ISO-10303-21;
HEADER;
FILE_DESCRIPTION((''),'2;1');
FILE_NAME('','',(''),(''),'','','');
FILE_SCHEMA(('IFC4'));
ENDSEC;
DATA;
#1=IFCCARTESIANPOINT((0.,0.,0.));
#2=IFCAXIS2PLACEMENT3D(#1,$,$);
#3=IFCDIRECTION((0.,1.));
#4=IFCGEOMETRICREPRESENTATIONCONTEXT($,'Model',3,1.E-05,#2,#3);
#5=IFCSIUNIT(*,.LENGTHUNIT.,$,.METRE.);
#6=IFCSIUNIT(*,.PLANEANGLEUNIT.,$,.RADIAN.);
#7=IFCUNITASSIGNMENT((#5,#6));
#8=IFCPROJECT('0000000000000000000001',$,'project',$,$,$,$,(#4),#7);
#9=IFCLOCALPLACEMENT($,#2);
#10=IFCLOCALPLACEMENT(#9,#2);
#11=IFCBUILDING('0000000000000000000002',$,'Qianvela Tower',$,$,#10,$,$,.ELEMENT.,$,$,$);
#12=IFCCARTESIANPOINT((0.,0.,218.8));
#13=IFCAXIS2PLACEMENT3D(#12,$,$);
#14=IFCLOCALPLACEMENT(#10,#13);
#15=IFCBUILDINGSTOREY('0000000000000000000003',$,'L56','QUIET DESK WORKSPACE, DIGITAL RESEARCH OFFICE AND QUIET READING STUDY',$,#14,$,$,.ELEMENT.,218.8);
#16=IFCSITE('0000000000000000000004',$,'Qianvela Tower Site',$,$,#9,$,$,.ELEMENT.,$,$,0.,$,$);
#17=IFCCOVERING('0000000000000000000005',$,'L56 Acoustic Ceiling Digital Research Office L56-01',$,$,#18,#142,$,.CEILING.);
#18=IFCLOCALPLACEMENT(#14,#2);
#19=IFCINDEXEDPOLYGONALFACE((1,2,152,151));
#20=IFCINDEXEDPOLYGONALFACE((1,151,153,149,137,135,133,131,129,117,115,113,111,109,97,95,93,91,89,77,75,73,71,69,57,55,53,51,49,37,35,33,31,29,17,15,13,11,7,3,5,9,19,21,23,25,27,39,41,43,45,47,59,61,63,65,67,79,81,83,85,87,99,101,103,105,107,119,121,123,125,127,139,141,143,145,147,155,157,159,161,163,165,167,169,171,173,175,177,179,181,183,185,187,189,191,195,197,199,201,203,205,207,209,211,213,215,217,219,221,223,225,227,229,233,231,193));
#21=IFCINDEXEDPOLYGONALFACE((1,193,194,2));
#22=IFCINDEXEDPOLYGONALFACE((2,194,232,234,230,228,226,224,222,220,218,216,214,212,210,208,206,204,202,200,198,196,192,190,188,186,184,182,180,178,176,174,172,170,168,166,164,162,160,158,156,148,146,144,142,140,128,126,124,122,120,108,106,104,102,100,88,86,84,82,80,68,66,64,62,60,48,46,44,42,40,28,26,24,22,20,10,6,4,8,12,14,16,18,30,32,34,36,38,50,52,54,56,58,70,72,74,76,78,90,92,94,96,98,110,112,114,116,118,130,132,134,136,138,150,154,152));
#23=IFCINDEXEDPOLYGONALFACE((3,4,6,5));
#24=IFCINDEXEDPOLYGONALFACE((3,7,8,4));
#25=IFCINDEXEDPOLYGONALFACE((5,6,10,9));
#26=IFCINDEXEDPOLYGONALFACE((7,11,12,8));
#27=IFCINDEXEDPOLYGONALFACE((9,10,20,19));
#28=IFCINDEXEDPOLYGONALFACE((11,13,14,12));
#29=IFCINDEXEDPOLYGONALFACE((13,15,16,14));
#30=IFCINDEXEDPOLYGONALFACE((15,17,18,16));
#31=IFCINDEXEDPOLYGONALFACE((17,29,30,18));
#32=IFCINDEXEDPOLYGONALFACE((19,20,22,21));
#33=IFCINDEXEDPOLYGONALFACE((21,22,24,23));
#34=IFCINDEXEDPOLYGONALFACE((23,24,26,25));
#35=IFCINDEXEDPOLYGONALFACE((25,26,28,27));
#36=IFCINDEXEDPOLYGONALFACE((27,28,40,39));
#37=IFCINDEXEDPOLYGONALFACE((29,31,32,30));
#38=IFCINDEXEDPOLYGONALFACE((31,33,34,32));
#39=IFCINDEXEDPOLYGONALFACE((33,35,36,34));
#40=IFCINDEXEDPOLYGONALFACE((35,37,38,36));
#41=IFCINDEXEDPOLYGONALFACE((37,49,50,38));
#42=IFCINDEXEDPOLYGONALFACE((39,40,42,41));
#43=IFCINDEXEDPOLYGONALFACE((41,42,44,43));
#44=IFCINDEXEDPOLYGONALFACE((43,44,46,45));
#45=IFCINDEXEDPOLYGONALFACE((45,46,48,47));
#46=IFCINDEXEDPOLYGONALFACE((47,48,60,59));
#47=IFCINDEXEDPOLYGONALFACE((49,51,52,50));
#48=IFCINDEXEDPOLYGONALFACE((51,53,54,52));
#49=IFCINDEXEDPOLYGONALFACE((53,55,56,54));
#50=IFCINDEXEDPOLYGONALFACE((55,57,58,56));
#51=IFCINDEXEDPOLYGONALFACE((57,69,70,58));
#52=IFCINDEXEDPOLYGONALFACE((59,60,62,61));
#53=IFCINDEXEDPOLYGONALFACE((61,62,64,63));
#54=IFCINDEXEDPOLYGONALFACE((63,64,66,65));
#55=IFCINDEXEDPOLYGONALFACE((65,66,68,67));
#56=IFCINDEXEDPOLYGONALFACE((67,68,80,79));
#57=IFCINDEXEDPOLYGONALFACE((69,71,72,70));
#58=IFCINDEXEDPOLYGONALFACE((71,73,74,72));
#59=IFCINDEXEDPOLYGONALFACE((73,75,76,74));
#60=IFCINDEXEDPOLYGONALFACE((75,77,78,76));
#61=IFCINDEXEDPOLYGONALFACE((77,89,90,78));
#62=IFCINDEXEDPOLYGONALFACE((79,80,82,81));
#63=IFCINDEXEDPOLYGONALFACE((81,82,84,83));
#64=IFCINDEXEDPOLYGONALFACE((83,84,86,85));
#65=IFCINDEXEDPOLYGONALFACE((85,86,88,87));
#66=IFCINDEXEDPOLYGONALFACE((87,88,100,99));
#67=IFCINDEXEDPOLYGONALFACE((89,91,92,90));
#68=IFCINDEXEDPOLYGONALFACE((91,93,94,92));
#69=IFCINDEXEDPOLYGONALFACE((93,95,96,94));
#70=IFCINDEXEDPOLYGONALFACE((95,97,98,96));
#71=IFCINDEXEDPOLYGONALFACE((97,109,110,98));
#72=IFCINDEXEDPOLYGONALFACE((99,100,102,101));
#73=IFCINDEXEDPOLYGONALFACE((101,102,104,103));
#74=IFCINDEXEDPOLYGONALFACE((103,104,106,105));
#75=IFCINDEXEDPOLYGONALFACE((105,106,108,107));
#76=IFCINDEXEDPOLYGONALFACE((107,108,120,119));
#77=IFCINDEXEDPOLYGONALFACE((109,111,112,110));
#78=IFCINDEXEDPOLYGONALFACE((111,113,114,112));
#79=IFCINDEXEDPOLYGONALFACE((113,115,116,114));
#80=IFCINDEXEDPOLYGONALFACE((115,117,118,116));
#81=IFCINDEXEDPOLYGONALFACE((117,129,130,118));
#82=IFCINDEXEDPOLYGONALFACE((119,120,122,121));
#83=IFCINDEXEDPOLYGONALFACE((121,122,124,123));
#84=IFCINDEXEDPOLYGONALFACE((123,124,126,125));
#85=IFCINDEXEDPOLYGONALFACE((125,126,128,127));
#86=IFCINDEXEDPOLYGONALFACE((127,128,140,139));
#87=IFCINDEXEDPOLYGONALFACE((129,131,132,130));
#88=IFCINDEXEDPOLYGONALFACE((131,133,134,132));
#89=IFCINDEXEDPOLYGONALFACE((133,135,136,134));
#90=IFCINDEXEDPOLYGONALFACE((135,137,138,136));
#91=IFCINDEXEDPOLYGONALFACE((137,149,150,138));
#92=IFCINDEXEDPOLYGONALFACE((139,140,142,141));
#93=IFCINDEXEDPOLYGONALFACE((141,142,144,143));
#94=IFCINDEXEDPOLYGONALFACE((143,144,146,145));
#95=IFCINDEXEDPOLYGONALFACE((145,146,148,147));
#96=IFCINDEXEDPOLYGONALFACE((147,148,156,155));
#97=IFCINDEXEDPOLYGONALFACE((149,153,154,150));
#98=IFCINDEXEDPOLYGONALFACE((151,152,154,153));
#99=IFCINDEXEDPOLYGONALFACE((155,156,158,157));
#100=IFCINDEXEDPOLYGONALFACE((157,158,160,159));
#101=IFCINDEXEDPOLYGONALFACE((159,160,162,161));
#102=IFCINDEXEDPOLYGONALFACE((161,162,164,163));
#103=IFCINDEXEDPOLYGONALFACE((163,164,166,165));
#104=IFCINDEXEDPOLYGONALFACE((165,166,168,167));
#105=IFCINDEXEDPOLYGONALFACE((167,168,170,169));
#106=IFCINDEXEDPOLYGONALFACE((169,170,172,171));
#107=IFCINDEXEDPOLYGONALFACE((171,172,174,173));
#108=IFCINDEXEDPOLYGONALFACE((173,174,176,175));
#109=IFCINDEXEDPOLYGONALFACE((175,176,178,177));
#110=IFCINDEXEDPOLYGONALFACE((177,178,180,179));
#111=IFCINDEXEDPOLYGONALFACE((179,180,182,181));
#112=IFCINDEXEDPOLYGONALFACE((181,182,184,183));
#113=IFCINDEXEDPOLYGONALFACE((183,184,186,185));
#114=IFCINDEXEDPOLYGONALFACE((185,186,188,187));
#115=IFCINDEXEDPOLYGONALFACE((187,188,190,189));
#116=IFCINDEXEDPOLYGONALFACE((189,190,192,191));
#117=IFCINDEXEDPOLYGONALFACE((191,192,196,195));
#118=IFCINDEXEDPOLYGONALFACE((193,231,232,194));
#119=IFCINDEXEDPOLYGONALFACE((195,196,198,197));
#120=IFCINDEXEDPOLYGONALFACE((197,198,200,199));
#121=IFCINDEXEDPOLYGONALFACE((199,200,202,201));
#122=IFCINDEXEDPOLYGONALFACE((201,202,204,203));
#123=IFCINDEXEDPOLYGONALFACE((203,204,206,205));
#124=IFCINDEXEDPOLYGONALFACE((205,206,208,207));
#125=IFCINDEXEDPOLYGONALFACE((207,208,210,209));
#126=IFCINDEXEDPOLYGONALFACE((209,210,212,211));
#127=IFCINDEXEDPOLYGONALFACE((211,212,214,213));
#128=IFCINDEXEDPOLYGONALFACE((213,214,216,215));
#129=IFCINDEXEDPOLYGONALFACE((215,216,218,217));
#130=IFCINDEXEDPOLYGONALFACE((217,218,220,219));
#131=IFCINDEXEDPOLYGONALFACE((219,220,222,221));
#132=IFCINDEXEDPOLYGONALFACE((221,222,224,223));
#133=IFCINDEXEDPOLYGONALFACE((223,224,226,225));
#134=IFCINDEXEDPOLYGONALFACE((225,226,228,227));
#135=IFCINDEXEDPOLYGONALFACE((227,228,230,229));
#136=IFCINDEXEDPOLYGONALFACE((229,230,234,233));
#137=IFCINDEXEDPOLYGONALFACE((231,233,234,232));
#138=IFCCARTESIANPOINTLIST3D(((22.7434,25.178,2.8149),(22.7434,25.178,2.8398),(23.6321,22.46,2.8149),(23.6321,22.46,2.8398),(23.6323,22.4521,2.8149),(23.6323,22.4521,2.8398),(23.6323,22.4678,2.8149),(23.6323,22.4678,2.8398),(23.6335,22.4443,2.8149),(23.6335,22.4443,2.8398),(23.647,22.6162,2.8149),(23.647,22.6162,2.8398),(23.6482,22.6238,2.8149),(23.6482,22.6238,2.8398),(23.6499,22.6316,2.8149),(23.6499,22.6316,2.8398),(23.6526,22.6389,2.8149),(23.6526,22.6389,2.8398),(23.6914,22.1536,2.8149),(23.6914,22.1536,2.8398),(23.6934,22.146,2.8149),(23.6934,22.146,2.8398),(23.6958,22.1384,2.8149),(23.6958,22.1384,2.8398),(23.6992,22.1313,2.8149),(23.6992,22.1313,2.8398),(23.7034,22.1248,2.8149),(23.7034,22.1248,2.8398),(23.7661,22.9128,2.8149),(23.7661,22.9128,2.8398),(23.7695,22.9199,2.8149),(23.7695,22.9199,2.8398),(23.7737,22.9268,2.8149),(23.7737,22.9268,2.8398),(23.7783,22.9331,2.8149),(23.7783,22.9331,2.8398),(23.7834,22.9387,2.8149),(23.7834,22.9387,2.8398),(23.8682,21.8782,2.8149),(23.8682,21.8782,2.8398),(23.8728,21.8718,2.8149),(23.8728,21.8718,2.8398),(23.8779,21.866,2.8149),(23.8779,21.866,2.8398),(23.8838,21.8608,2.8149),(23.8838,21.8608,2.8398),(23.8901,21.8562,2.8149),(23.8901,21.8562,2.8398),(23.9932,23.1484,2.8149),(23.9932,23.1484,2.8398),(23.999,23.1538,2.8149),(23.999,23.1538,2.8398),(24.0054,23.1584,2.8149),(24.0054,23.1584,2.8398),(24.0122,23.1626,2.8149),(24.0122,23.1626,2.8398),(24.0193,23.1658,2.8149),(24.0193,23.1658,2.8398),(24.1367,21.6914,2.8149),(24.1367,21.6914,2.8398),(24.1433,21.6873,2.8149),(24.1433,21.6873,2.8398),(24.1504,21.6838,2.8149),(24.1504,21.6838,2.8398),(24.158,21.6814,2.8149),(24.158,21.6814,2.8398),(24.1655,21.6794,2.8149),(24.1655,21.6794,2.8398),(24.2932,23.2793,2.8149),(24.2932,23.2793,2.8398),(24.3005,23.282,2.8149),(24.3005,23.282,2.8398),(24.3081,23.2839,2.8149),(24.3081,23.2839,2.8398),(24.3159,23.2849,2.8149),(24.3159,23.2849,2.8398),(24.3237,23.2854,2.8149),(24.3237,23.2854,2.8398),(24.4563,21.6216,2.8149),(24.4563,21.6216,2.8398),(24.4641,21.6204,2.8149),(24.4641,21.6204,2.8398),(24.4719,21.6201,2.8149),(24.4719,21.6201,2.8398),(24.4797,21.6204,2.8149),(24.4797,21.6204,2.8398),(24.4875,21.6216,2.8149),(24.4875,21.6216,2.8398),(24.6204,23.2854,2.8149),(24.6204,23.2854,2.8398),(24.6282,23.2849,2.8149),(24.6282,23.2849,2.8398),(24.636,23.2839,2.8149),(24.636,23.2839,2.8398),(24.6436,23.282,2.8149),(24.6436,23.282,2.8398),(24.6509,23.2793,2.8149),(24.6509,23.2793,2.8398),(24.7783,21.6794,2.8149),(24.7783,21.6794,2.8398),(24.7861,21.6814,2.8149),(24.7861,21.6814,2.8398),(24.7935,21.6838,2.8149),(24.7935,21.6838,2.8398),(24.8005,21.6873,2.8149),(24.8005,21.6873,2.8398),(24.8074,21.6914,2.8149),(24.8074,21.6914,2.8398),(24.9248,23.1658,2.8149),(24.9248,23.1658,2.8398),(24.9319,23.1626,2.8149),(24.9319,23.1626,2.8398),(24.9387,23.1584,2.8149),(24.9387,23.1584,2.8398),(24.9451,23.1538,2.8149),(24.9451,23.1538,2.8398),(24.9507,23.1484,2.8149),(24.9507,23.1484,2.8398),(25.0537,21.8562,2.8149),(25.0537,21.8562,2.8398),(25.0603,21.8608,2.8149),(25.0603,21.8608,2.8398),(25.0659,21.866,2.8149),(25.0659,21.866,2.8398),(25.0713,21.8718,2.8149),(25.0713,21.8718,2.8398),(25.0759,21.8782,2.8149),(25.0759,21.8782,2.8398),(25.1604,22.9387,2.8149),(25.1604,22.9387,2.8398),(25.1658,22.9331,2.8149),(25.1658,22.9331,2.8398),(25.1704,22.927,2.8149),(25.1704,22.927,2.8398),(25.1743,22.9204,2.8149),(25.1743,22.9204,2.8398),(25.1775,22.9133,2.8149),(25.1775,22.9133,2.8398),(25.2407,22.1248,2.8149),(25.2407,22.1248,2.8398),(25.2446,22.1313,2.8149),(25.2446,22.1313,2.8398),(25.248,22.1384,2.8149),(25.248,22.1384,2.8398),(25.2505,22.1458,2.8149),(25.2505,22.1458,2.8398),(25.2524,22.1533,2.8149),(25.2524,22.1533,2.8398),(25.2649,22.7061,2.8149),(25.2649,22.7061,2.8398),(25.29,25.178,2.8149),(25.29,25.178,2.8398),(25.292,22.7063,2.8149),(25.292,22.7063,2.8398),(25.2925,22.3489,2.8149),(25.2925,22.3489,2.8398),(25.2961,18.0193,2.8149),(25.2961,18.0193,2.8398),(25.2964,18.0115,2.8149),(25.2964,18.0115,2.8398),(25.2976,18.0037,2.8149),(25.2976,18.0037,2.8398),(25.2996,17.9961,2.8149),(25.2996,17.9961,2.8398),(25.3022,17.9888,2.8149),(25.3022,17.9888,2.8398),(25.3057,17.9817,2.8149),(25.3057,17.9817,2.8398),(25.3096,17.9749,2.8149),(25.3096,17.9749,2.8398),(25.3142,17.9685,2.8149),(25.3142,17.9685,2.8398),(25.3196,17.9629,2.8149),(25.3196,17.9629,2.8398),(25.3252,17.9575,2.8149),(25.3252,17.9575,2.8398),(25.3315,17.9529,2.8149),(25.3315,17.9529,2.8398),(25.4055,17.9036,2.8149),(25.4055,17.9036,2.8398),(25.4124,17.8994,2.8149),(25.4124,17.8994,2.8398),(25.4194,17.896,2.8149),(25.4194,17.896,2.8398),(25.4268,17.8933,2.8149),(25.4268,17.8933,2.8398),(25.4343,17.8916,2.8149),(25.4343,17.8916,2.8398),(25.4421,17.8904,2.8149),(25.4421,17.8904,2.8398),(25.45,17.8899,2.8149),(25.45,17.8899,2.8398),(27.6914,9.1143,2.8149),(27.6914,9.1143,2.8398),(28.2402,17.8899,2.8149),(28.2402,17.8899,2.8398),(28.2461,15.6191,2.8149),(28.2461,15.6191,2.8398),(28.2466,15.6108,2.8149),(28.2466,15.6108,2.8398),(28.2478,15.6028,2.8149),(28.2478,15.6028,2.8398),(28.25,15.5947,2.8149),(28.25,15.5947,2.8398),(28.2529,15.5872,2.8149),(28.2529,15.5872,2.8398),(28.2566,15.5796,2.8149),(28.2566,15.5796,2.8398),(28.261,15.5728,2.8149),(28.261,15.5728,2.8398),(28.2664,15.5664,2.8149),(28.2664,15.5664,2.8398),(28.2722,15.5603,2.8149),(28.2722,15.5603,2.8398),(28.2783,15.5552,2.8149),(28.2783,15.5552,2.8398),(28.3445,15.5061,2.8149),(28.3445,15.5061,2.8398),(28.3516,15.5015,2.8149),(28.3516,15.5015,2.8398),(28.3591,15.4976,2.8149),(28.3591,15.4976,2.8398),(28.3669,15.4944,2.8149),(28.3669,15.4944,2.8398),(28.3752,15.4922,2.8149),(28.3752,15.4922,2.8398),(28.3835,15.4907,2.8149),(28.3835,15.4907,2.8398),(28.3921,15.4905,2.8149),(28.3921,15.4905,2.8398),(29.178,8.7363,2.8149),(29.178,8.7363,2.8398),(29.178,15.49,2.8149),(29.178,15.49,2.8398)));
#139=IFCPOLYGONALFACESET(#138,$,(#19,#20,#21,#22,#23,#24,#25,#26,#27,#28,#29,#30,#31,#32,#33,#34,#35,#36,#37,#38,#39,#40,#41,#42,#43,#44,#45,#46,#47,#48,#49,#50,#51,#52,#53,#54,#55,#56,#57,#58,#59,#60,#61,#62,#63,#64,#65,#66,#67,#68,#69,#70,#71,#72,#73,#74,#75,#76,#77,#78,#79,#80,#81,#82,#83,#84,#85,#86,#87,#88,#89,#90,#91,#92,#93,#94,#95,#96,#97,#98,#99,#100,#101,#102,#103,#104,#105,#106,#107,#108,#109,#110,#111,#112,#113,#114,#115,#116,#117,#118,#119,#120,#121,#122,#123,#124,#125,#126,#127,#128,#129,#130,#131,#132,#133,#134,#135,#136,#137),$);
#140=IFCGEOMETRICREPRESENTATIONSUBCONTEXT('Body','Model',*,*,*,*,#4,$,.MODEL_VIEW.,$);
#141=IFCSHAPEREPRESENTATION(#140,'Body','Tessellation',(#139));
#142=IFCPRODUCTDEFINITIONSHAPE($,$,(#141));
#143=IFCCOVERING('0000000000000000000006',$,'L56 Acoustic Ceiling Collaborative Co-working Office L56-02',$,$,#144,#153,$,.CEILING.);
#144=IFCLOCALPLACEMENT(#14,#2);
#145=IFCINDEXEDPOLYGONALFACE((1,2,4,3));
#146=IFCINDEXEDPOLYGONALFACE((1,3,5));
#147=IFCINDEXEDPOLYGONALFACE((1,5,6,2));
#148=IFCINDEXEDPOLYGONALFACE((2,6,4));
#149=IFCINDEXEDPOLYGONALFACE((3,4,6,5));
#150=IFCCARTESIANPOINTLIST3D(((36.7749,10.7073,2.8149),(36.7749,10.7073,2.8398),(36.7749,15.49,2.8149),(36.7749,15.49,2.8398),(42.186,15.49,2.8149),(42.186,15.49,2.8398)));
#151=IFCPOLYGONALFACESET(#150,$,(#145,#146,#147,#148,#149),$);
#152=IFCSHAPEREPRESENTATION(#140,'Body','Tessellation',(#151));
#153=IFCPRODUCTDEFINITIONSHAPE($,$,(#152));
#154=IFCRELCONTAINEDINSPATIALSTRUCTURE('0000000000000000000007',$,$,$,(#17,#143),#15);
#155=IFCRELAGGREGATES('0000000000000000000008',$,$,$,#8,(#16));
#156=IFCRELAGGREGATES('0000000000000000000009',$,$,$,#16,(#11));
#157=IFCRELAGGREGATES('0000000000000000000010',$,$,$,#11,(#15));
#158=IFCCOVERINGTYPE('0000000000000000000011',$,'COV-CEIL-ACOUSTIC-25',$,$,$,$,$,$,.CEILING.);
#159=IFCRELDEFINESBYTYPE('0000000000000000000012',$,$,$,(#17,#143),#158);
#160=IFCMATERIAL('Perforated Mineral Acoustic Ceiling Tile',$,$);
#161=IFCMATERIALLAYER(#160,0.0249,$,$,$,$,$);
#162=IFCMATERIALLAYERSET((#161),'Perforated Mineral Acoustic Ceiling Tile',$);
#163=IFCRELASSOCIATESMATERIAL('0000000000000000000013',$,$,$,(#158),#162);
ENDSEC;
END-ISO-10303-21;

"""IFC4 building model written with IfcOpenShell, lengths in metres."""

from ifc_helpers import new_model, si_unit, direction, frame, origin, place, context, subcontext, project, spatial, polyline, outline, extrude, material, layer, layer_set, type_object, element, save


model = new_model("IFC4")

# Units and contexts
model_context = context("Model", 3, precision=1e-05, world=origin(), true_north=direction((0.0, 1.0)))
body_context = subcontext(model_context, "Body", "Model", "MODEL_VIEW")
ifc_project = project(units=[si_unit("LENGTHUNIT", "METRE"), si_unit("PLANEANGLEUNIT", "RADIAN")], contexts=[model_context])

# Site, building, storey
site_placement = place(None, origin())
site = spatial("IfcSite", under=ifc_project, at=site_placement, Name="Qianvela Tower Site", CompositionType="ELEMENT", RefElevation=0.0)
building_placement = place(site_placement, origin())
building = spatial("IfcBuilding", under=site, at=building_placement, Name="Qianvela Tower", CompositionType="ELEMENT")
storey_placement = place(building_placement, frame((0.0, 0.0, 218.8)))
storey = spatial("IfcBuildingStorey", under=building, at=storey_placement, Name="L56", Description="QUIET DESK WORKSPACE, DIGITAL RESEARCH OFFICE AND QUIET READING STUDY", CompositionType="ELEMENT", Elevation=218.8)

# Coverings
ifc_material_1 = material(Name="Perforated Mineral Acoustic Ceiling Tile")
ifc_layer_1 = layer(ifc_material_1, 0.0249)
ifc_layer_set_1 = layer_set([ifc_layer_1], Name="Perforated Mineral Acoustic Ceiling Tile")
covering_type_1 = type_object("IfcCoveringType", Name="COV-CEIL-ACOUSTIC-25", PredefinedType="CEILING", material=ifc_layer_set_1)
covering_1_placement = place(storey_placement, frame((0.0, 0.0, 2.8149)))
element("IfcCovering", 1, at=covering_1_placement, inside=storey, type_object=covering_type_1, Name="L56 Acoustic Ceiling Digital Research Office L56-01", PredefinedType="CEILING", context=body_context, shape_type="SweptSolid", body=[
    extrude(outline(polyline([(25.292, 22.7063), (25.2649, 22.7061), (25.1775, 22.9133), (25.1743, 22.9204), (25.1704, 22.927), (25.1658, 22.9331), (25.1604, 22.9387), (24.9507, 23.1484), (24.9451, 23.1538), (24.9387, 23.1584), (24.9319, 23.1626), (24.9248, 23.1658), (24.6509, 23.2793), (24.6436, 23.282), (24.636, 23.2839), (24.6282, 23.2849), (24.6204, 23.2854), (24.3237, 23.2854), (24.3159, 23.2849), (24.3081, 23.2839), (24.3005, 23.282), (24.2932, 23.2793), (24.0193, 23.1658), (24.0122, 23.1626), (24.0054, 23.1584), (23.999, 23.1538), (23.9932, 23.1484), (23.7834, 22.9387), (23.7783, 22.9331), (23.7737, 22.9268), (23.7695, 22.9199), (23.7661, 22.9128), (23.6526, 22.6389), (23.6499, 22.6316), (23.6482, 22.6238), (23.647, 22.6162), (23.6323, 22.4678), (23.6321, 22.46), (23.6323, 22.4521), (23.6335, 22.4443), (23.6914, 22.1536), (23.6934, 22.146), (23.6958, 22.1384), (23.6992, 22.1313), (23.7034, 22.1248), (23.8682, 21.8782), (23.8728, 21.8718), (23.8779, 21.866), (23.8838, 21.8608), (23.8901, 21.8562), (24.1367, 21.6914), (24.1433, 21.6873), (24.1504, 21.6838), (24.158, 21.6814), (24.1655, 21.6794), (24.4563, 21.6216), (24.4641, 21.6204), (24.4719, 21.6201), (24.4797, 21.6204), (24.4875, 21.6216), (24.7783, 21.6794), (24.7861, 21.6814), (24.7935, 21.6838), (24.8005, 21.6873), (24.8074, 21.6914), (25.0537, 21.8562), (25.0603, 21.8608), (25.0659, 21.866), (25.0713, 21.8718), (25.0759, 21.8782), (25.2407, 22.1248), (25.2446, 22.1313), (25.248, 22.1384), (25.2505, 22.1458), (25.2524, 22.1533), (25.2925, 22.3489), (25.2961, 18.0193), (25.2964, 18.0115), (25.2976, 18.0037), (25.2996, 17.9961), (25.3022, 17.9888), (25.3057, 17.9817), (25.3096, 17.9749), (25.3142, 17.9685), (25.3196, 17.9629), (25.3252, 17.9575), (25.3315, 17.9529), (25.4055, 17.9036), (25.4124, 17.8994), (25.4194, 17.896), (25.4268, 17.8933), (25.4343, 17.8916), (25.4421, 17.8904), (25.45, 17.8899), (28.2402, 17.8899), (28.2461, 15.6191), (28.2466, 15.6108), (28.2478, 15.6028), (28.25, 15.5947), (28.2529, 15.5872), (28.2566, 15.5796), (28.261, 15.5728), (28.2664, 15.5664), (28.2722, 15.5603), (28.2783, 15.5552), (28.3445, 15.5061), (28.3516, 15.5015), (28.3591, 15.4976), (28.3669, 15.4944), (28.3752, 15.4922), (28.3835, 15.4907), (28.3921, 15.4905), (29.178, 15.49), (29.178, 8.7363), (27.6914, 9.1143), (22.7434, 25.178), (25.29, 25.178), (25.292, 22.7063)])), origin(), (0.0, 0.0, 1.0), 0.0249),
])
covering_2_placement = place(storey_placement, frame((0.0, 0.0, 2.8149)))
element("IfcCovering", 2, at=covering_2_placement, inside=storey, type_object=covering_type_1, Name="L56 Acoustic Ceiling Collaborative Co-working Office L56-02", PredefinedType="CEILING", context=body_context, shape_type="SweptSolid", body=[
    extrude(outline(polyline([(36.7749, 10.7073), (36.7749, 15.49), (42.186, 15.49), (36.7749, 10.7073)])), origin(), (0.0, 0.0, 1.0), 0.0249),
])

save(model, "model.ifc")
